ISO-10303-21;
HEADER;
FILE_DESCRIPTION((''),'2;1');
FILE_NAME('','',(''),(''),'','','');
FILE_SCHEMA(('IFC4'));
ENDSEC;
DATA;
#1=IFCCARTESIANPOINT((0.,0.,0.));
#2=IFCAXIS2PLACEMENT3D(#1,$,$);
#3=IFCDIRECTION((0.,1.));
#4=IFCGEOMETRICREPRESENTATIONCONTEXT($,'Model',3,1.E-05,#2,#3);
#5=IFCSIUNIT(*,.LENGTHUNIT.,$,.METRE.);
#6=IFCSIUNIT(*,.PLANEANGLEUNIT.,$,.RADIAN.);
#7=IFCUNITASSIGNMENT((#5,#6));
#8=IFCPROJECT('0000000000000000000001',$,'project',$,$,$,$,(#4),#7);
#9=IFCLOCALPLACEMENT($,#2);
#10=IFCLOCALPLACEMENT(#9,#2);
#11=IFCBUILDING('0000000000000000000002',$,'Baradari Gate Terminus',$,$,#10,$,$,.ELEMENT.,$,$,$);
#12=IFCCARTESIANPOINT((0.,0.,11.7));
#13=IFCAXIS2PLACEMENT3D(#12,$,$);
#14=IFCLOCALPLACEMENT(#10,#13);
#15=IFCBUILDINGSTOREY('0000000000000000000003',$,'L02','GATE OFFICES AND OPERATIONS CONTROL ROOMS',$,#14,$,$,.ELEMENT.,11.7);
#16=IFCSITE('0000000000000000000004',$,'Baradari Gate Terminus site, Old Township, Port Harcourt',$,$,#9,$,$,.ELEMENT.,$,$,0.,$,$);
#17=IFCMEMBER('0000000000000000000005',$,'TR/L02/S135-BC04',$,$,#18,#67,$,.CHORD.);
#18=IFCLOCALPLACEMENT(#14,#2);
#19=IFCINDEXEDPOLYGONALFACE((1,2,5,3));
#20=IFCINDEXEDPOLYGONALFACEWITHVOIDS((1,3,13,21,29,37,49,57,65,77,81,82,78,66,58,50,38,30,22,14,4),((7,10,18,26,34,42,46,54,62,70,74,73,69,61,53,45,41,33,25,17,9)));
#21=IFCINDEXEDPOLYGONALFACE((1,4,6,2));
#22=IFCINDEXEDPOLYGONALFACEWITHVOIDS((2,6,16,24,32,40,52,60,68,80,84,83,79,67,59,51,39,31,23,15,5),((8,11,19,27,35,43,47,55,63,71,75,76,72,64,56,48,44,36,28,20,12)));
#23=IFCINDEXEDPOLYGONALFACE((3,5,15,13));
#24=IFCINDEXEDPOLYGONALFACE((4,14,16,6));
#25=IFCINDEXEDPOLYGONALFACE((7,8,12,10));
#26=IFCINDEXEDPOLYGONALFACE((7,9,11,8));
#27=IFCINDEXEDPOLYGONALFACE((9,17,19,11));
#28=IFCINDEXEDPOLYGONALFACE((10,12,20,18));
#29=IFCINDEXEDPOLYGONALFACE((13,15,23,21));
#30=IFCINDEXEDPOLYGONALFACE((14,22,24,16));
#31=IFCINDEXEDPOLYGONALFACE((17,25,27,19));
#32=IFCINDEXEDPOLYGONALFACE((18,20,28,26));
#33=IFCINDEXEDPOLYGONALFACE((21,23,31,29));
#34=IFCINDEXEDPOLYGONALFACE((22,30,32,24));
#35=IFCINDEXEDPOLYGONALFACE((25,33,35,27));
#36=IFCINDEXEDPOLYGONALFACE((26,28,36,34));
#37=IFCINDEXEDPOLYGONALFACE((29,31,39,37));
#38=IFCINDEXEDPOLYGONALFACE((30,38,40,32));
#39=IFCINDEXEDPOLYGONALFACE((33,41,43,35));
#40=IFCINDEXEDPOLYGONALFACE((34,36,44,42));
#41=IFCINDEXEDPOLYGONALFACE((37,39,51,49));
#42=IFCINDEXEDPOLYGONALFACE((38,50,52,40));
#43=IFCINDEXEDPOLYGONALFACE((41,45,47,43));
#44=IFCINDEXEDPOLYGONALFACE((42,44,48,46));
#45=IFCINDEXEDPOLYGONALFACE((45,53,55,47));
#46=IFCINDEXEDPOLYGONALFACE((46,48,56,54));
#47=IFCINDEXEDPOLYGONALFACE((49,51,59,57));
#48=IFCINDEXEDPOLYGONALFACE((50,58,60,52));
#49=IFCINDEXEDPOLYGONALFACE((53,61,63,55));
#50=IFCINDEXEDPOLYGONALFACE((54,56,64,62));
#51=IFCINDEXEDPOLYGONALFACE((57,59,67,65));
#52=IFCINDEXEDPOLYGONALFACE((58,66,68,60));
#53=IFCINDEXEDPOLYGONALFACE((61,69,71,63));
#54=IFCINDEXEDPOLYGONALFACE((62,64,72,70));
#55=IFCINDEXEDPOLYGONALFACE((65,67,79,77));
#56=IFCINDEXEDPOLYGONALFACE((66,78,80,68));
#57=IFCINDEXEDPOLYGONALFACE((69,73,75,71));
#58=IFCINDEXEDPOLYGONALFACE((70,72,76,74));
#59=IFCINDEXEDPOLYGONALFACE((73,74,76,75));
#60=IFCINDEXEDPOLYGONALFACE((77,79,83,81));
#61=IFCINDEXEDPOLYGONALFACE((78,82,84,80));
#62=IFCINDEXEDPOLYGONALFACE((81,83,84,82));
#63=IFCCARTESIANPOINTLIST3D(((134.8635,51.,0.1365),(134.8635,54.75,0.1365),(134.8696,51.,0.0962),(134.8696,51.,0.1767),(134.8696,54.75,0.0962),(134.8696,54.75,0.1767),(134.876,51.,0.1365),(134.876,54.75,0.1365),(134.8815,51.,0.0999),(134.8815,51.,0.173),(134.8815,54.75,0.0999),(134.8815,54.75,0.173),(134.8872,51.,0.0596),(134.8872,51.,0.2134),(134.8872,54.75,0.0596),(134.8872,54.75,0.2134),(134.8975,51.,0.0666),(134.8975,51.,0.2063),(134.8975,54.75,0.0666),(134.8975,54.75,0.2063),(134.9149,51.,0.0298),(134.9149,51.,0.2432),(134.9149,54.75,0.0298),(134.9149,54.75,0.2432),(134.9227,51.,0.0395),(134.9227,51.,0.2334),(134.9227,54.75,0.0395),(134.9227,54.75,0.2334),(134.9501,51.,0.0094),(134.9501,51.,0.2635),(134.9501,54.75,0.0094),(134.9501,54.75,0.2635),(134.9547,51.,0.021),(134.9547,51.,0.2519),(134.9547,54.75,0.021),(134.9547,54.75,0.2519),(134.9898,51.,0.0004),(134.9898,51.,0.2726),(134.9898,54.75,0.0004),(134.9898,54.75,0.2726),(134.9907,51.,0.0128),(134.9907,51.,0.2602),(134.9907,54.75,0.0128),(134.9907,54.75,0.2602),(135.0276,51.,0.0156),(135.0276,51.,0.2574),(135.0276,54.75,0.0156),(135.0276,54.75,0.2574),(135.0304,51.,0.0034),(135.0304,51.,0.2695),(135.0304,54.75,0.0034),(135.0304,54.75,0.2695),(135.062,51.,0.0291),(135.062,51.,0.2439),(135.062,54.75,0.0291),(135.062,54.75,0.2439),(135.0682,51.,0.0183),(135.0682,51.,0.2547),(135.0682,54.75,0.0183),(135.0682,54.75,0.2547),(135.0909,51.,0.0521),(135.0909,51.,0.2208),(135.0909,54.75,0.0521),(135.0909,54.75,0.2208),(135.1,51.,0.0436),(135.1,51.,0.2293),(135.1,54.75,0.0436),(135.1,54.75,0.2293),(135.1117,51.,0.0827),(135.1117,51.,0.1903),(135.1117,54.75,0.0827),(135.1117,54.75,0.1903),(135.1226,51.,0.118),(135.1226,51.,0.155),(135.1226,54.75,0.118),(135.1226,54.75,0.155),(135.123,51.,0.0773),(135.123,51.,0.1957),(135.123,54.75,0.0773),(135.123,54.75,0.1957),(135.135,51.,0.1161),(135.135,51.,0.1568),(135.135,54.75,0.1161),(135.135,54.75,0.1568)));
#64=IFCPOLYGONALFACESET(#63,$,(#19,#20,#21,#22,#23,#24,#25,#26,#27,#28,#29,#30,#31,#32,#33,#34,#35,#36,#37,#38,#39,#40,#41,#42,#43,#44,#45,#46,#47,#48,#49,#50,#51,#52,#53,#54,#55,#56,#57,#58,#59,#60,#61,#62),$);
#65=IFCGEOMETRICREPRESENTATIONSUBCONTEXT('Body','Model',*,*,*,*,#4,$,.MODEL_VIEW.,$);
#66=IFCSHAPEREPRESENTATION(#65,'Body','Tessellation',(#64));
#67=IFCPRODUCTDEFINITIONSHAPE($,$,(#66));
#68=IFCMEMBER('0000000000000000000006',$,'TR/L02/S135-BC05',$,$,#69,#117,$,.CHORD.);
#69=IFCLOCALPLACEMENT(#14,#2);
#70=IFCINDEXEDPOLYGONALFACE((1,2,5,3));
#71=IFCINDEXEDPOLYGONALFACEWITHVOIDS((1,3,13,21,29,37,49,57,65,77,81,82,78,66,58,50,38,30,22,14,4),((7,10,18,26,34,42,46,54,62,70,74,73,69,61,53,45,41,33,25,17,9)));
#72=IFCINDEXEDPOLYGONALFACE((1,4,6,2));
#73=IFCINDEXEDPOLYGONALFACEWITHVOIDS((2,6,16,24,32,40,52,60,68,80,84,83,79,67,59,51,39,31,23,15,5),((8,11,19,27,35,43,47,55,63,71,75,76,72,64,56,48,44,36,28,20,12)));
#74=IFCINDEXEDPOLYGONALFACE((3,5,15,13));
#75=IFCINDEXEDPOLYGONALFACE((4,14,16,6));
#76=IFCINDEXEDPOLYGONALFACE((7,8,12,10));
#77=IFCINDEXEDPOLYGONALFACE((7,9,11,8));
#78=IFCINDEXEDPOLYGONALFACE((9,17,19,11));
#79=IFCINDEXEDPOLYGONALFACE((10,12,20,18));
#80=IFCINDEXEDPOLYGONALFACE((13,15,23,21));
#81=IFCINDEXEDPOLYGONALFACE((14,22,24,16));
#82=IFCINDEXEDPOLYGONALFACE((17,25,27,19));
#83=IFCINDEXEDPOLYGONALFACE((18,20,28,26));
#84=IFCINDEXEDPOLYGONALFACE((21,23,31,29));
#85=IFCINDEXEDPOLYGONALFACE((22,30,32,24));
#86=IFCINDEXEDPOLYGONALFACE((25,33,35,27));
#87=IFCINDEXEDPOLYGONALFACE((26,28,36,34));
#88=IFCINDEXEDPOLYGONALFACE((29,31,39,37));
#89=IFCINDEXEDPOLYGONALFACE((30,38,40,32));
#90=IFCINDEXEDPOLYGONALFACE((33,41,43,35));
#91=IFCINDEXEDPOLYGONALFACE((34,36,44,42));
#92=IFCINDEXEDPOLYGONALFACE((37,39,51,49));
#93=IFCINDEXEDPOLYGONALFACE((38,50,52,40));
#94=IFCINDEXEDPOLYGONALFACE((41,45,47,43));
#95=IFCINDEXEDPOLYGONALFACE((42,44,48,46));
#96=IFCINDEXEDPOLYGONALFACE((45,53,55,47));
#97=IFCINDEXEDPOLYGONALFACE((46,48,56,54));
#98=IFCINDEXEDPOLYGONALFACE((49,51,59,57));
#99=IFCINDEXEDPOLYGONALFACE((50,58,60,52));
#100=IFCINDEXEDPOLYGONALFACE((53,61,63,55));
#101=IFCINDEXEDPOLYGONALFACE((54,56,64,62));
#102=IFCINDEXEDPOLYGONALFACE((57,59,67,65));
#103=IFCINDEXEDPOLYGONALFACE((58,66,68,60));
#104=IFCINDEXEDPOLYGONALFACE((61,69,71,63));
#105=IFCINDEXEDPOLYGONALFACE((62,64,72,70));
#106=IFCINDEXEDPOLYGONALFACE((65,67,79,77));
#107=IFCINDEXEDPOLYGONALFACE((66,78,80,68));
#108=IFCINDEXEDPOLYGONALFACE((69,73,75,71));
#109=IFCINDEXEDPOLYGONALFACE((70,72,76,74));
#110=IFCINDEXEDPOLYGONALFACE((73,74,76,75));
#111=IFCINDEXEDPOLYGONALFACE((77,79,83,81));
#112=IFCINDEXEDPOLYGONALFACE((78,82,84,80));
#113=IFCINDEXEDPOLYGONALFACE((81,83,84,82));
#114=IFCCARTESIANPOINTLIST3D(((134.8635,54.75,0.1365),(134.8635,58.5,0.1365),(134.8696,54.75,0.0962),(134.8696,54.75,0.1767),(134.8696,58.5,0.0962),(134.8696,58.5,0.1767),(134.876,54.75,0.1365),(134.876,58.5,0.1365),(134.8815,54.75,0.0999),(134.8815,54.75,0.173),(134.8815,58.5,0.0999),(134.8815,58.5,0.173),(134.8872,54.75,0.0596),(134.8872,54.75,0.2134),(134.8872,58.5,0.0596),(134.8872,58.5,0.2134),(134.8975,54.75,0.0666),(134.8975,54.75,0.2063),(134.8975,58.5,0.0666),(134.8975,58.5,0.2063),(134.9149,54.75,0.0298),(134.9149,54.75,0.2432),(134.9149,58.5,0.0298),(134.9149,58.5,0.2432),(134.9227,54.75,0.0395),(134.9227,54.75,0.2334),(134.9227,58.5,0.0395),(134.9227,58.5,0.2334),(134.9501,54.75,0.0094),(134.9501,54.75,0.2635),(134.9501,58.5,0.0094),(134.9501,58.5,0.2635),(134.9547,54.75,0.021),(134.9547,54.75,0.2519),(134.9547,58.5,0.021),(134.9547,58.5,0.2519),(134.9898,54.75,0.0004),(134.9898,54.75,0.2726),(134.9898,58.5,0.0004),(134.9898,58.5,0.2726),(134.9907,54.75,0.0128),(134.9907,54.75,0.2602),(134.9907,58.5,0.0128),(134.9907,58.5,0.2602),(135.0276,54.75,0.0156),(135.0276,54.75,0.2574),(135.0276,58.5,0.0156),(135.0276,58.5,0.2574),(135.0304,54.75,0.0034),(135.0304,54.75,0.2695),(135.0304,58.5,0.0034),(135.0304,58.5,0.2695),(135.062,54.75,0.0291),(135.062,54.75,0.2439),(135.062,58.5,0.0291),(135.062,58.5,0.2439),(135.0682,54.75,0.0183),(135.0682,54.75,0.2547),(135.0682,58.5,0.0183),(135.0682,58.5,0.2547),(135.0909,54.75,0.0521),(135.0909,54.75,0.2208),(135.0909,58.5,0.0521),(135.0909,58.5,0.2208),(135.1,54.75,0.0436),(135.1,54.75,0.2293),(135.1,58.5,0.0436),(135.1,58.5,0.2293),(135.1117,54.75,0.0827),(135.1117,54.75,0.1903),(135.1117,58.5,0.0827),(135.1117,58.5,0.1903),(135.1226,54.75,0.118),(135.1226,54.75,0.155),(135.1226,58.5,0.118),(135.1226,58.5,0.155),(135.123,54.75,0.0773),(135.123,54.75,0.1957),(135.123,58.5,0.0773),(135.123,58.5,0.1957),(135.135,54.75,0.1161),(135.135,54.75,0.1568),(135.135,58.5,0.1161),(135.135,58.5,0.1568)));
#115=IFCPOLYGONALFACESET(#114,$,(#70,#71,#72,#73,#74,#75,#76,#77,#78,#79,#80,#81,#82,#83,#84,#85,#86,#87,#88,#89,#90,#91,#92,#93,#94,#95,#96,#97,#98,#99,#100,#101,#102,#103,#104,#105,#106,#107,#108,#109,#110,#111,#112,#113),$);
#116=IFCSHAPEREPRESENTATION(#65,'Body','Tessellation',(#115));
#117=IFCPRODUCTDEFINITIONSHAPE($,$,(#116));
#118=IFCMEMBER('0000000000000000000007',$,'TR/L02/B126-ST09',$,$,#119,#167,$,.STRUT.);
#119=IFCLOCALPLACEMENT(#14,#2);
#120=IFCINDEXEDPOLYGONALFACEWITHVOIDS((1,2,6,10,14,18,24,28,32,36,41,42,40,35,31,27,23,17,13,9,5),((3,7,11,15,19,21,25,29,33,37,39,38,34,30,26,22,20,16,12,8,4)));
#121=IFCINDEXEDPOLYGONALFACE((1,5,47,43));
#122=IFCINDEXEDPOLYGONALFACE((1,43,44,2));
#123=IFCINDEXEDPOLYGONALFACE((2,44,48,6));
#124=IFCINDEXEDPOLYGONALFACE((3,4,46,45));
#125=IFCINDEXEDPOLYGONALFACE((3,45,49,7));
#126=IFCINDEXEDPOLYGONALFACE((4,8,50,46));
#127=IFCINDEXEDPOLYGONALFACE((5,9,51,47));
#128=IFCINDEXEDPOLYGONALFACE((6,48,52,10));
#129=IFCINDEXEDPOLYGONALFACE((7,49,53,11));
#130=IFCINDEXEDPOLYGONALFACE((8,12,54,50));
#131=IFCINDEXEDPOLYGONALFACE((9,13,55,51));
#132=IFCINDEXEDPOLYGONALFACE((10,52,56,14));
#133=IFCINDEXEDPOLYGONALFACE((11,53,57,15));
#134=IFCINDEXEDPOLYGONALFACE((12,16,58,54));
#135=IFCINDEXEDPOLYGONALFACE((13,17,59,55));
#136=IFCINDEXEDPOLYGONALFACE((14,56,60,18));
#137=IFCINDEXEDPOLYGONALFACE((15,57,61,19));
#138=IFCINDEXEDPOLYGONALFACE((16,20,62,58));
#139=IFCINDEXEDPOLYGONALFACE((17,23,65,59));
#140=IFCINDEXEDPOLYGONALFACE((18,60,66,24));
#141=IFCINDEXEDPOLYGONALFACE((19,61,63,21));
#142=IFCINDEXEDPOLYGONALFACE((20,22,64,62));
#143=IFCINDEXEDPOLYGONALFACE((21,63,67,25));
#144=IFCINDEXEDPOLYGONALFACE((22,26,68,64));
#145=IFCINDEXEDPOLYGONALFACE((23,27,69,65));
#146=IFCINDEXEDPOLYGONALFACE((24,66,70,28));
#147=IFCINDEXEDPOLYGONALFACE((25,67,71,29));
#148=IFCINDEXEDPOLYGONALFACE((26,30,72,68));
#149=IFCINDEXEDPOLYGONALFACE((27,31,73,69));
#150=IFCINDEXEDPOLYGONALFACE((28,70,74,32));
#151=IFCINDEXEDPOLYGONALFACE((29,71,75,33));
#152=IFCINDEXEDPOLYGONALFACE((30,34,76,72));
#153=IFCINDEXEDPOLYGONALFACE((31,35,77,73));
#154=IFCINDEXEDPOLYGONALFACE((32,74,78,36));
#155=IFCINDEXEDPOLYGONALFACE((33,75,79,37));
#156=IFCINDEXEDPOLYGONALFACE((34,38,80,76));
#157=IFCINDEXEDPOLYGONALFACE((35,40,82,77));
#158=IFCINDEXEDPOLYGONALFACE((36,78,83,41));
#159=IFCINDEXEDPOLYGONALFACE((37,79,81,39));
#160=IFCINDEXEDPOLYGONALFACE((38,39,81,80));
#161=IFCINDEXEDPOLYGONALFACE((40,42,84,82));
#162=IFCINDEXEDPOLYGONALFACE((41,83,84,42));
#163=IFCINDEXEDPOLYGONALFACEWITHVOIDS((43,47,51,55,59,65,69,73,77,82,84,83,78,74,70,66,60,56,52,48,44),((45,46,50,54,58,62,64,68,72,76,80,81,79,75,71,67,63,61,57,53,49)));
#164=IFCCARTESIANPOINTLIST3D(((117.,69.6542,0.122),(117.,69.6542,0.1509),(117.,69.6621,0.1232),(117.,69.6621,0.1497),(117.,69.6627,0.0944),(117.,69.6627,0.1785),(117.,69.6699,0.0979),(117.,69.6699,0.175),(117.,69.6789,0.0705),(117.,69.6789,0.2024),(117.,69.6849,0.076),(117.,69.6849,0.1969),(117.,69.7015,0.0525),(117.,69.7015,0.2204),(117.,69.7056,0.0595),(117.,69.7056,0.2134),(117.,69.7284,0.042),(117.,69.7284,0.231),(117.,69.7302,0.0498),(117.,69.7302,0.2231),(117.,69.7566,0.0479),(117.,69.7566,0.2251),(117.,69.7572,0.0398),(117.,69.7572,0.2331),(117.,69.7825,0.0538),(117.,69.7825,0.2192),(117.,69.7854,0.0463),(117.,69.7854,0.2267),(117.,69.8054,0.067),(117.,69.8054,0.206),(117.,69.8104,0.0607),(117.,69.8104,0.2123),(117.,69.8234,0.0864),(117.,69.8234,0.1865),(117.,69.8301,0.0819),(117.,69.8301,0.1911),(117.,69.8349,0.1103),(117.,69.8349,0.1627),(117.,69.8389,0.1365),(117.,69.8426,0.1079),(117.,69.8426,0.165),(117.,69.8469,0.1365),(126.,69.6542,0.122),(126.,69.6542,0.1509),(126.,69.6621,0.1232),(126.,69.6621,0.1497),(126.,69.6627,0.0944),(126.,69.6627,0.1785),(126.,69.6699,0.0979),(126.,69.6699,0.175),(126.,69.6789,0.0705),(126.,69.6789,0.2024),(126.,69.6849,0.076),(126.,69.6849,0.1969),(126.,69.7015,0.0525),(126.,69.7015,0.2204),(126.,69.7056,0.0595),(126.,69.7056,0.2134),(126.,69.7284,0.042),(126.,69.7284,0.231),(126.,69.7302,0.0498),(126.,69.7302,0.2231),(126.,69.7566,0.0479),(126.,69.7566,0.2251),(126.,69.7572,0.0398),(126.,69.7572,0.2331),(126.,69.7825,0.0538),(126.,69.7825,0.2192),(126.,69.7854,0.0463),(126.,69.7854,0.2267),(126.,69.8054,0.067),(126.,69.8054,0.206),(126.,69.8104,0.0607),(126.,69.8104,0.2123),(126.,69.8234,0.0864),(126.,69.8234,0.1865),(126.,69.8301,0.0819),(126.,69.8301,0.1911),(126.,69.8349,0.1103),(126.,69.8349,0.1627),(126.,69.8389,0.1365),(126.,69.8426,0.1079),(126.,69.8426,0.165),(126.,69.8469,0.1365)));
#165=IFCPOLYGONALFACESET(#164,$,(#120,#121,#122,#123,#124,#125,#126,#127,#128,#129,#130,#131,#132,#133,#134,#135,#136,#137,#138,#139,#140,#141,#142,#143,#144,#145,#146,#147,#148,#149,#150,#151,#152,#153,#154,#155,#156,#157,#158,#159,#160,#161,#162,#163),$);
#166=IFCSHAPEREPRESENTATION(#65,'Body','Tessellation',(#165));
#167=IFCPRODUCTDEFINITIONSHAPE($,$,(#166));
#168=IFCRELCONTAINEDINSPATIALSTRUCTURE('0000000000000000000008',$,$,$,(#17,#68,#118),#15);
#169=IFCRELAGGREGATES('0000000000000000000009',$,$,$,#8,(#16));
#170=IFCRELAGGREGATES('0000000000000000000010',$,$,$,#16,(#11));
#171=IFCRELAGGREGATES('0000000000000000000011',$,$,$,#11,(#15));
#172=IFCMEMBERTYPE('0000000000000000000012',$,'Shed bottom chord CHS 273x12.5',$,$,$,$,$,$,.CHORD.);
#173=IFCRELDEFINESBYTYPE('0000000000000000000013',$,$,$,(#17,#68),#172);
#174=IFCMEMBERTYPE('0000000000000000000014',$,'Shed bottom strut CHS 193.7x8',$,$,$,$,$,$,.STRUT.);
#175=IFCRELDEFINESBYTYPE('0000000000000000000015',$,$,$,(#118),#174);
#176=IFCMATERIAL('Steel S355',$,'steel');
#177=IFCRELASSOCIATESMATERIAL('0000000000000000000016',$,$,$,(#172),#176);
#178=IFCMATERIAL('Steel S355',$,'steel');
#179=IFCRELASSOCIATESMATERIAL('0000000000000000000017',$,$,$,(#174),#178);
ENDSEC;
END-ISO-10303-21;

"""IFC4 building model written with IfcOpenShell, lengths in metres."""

from ifc_helpers import new_model, si_unit, direction, frame, origin, origin_2d, place, context, subcontext, project, spatial, hollow_circle, extrude, material, material_profile, profile_set, type_object, element, save


model = new_model("IFC4")

# Units and contexts
model_context = context("Model", 3, precision=1e-05, world=origin(), true_north=direction((0.0, 1.0)))
body_context = subcontext(model_context, "Body", "Model", "MODEL_VIEW")
ifc_project = project(units=[si_unit("LENGTHUNIT", "METRE"), si_unit("PLANEANGLEUNIT", "RADIAN")], contexts=[model_context])

# Site, building, storey
site_placement = place(None, origin())
site = spatial("IfcSite", under=ifc_project, at=site_placement, Name="Baradari Gate Terminus site, Old Township, Port Harcourt", CompositionType="ELEMENT", RefElevation=0.0)
building_placement = place(site_placement, origin())
building = spatial("IfcBuilding", under=site, at=building_placement, Name="Baradari Gate Terminus", CompositionType="ELEMENT")
storey_placement = place(building_placement, frame((0.0, 0.0, 11.7)))
storey = spatial("IfcBuildingStorey", under=building, at=storey_placement, Name="L02", Description="GATE OFFICES AND OPERATIONS CONTROL ROOMS", CompositionType="ELEMENT", Elevation=11.7)

# Members
ifc_material_1 = material(Name="Steel S355", Category="steel")
ifc_material_profile_1 = material_profile(ifc_material_1, hollow_circle(Radius=0.1365, WallThickness=0.0125, at=origin_2d()), Name="CHS 273x12.5")
ifc_profile_set_1 = profile_set([ifc_material_profile_1], Name="Steel S355")
member_type_1 = type_object("IfcMemberType", Name="Shed bottom chord CHS 273x12.5", PredefinedType="CHORD", material=ifc_profile_set_1)
for number, where, z_axis, x_axis, name in (
    (1, (135.0, 51.0, 0.1365), (0.0, 1.0, 0.0), (-1.0, 0.0, 0.0), "TR/L02/S135-BC04"),
    (2, (135.0, 54.75, 0.1365), (0.0, 1.0, 0.0), (-1.0, 0.0, 0.0), "TR/L02/S135-BC05"),
):
    element("IfcMember", number, at=place(storey_placement, frame(where, z_axis=z_axis, x_axis=x_axis)), inside=storey, type_object=member_type_1, Name=name, PredefinedType="CHORD", context=body_context, shape_type="SweptSolid", body=[
        extrude(hollow_circle(Radius=0.1365, WallThickness=0.0125, at=origin_2d()), origin(), (0.0, 0.0, 1.0), 3.75),
    ])
ifc_material_2 = material(Name="Steel S355", Category="steel")
ifc_material_profile_2 = material_profile(ifc_material_2, hollow_circle(Radius=0.0969, WallThickness=0.0081, at=origin_2d()), Name="CHS 193.7x8")
ifc_profile_set_2 = profile_set([ifc_material_profile_2], Name="Steel S355")
member_type_2 = type_object("IfcMemberType", Name="Shed bottom strut CHS 193.7x8", PredefinedType="STRUT", material=ifc_profile_set_2)
member_1_placement = place(storey_placement, frame((117.0, 69.75, 0.1365), z_axis=(1.0, 0.0, 0.0), x_axis=(0.0, 1.0, 0.0)))
element("IfcMember", 3, at=member_1_placement, inside=storey, type_object=member_type_2, Name="TR/L02/B126-ST09", PredefinedType="STRUT", context=body_context, shape_type="SweptSolid", body=[
    extrude(hollow_circle(Radius=0.0969, WallThickness=0.0081, at=origin_2d()), origin(), (0.0, 0.0, 1.0), 9.0),
])

save(model, "model.ifc")
